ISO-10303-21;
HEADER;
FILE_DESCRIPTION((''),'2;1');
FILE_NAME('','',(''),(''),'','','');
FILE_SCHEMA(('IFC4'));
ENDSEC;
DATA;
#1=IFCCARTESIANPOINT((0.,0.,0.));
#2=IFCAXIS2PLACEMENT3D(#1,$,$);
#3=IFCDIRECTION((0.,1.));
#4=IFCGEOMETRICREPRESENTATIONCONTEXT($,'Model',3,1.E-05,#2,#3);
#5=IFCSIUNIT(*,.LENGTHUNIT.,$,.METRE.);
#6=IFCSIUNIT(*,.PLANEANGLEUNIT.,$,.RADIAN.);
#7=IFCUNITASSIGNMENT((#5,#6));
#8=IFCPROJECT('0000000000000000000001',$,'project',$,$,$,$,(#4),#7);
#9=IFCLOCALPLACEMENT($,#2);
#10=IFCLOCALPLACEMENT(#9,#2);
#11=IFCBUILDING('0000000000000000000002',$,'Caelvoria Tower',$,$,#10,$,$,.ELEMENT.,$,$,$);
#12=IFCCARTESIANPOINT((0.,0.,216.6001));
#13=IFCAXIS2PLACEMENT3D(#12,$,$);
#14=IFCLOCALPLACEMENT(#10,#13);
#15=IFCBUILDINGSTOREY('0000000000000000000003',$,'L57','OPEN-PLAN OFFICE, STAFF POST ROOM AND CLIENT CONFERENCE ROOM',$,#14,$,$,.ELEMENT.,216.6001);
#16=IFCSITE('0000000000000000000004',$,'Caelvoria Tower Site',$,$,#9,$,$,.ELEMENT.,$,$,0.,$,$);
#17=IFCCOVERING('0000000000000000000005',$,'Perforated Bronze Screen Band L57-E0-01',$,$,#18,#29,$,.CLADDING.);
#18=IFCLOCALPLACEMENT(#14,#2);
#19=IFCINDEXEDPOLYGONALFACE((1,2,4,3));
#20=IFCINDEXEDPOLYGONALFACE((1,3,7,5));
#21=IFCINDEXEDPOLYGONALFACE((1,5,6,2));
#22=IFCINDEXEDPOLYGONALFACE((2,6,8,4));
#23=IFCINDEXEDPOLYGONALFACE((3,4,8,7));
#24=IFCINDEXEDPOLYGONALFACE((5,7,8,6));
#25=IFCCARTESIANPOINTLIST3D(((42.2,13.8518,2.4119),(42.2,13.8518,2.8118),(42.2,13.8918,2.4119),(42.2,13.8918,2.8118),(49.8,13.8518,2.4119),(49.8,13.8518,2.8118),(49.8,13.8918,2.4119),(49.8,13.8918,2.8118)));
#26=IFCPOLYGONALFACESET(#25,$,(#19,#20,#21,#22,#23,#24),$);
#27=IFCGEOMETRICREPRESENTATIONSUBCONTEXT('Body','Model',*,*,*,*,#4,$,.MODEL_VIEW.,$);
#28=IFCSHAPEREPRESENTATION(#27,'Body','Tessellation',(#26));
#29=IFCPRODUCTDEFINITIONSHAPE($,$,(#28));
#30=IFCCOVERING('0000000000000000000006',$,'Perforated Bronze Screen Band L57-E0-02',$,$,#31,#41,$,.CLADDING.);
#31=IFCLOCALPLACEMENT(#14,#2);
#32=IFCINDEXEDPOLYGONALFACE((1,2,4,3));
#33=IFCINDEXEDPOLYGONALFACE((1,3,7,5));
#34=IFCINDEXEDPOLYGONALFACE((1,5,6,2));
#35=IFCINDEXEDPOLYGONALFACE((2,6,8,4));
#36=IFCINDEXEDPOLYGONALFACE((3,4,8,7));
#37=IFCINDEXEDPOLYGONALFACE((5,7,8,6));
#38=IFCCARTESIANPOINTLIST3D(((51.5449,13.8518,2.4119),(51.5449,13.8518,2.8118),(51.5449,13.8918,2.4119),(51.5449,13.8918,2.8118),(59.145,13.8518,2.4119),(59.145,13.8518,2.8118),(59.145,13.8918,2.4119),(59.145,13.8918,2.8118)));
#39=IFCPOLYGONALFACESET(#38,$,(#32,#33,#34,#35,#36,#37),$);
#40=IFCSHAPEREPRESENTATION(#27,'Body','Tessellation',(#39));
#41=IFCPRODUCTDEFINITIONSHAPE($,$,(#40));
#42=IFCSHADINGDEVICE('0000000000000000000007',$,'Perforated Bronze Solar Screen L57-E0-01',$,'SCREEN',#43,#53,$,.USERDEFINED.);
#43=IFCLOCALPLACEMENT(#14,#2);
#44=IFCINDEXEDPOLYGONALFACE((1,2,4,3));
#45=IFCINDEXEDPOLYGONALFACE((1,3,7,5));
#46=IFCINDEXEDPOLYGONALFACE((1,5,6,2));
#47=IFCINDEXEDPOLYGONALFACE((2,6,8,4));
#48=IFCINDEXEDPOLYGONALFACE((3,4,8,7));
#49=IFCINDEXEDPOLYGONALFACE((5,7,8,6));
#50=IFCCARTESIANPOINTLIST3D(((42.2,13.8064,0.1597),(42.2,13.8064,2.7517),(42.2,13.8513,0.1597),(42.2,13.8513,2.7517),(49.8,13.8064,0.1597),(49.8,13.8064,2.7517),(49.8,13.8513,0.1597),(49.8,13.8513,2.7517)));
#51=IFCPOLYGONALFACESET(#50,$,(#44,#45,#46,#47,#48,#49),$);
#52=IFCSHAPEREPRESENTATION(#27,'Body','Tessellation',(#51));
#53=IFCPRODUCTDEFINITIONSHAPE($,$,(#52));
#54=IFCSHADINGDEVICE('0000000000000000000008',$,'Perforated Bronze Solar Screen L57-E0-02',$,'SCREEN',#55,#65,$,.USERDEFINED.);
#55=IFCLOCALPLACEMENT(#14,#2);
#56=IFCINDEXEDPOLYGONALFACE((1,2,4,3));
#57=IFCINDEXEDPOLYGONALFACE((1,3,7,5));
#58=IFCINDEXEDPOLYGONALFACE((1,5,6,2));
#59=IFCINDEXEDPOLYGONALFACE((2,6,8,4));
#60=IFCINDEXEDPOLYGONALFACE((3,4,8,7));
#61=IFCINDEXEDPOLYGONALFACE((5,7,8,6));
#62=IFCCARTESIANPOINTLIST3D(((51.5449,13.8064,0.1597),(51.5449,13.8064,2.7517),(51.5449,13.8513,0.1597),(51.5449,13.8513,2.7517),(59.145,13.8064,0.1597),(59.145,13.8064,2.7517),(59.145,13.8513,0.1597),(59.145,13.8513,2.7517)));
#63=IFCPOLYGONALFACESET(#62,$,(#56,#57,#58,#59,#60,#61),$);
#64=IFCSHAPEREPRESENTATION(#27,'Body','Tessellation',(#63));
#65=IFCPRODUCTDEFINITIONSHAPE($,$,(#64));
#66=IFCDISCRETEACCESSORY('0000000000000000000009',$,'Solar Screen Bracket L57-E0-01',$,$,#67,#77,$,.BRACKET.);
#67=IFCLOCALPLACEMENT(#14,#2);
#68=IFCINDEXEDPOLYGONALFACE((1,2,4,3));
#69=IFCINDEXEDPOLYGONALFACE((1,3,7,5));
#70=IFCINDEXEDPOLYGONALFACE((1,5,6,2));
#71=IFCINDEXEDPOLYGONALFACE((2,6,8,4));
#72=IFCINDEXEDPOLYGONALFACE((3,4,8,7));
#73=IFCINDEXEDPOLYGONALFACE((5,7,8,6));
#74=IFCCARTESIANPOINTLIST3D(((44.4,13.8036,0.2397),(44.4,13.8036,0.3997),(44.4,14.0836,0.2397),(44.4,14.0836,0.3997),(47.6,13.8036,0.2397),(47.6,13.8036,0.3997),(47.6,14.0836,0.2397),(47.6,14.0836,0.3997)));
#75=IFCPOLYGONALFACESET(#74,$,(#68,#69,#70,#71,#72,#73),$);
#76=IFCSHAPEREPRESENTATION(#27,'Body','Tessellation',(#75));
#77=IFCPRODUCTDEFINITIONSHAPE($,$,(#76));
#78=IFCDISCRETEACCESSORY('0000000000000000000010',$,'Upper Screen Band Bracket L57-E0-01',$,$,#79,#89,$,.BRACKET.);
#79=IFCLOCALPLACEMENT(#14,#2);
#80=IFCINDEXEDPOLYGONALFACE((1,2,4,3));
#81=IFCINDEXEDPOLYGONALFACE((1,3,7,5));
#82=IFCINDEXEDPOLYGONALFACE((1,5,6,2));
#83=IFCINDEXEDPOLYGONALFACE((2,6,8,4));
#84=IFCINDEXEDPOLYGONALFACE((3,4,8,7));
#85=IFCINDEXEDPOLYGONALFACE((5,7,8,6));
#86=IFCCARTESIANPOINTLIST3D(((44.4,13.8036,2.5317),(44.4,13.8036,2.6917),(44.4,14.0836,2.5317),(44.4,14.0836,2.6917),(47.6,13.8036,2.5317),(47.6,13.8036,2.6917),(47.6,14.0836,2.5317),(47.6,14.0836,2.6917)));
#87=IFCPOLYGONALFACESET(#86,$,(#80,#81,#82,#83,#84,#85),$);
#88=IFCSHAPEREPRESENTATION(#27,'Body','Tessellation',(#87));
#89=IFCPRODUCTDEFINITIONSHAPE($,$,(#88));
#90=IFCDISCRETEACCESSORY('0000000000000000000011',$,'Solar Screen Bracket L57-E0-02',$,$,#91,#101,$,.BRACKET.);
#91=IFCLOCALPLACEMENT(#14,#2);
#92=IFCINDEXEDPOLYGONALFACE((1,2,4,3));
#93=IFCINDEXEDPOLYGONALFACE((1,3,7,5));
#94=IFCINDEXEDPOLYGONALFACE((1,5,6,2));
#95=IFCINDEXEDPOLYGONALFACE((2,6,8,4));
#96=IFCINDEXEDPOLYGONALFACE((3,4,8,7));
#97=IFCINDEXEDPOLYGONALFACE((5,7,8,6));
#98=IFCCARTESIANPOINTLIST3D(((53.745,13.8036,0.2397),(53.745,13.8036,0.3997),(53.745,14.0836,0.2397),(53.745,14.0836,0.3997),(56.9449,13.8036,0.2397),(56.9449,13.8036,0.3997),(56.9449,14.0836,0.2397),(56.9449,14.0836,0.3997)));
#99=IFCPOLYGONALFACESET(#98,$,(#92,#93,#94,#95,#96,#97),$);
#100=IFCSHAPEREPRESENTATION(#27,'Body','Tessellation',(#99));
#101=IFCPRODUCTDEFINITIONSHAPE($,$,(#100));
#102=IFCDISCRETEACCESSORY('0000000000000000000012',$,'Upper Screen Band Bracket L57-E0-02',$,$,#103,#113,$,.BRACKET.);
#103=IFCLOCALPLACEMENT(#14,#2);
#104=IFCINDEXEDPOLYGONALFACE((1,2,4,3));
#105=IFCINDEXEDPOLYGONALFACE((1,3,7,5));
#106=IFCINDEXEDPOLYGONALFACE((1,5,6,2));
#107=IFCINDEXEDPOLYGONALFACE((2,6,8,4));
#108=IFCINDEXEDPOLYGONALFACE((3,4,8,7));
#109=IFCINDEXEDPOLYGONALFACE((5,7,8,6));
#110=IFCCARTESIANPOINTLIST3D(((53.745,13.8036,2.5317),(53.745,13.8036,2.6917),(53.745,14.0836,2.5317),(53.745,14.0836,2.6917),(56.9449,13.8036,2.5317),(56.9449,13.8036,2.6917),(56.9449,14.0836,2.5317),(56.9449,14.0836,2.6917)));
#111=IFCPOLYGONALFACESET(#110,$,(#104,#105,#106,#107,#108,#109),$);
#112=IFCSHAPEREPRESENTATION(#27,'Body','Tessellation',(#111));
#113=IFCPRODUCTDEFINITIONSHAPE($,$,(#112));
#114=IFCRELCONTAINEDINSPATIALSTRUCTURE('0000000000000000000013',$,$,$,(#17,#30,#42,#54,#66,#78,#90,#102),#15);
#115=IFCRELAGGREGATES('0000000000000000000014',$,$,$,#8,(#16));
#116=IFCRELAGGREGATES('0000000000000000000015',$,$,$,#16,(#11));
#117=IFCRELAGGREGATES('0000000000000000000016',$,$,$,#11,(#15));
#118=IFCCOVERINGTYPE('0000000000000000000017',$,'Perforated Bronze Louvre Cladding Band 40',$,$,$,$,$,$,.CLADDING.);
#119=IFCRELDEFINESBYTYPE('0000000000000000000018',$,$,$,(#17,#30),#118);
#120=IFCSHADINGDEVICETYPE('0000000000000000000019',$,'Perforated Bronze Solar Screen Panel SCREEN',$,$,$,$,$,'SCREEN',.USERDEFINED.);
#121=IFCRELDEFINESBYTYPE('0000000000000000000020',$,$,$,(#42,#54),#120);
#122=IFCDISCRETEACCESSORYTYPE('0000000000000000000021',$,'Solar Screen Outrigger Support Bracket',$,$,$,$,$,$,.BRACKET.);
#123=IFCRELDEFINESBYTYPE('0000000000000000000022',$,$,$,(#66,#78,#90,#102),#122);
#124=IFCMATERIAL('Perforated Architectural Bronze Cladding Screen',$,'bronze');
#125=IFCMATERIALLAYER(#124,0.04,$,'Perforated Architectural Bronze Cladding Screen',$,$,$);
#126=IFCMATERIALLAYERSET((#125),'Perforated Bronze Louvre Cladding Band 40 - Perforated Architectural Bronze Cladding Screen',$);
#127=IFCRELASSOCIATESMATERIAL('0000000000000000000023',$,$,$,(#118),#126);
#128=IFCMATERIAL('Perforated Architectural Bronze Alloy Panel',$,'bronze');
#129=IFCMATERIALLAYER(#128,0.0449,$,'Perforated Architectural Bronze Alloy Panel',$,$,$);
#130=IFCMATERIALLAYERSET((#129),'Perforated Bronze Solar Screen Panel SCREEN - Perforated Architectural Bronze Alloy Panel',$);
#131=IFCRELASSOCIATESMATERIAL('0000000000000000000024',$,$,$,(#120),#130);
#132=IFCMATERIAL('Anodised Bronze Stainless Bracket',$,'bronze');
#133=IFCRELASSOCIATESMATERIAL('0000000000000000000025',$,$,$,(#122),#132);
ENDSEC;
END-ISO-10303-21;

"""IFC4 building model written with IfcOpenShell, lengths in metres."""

from ifc_helpers import new_model, si_unit, direction, frame, origin, origin_2d, place, context, subcontext, project, spatial, rectangle, extrude, material, layer, layer_set, type_object, element, save


model = new_model("IFC4")

# Units and contexts
model_context = context("Model", 3, precision=1e-05, world=origin(), true_north=direction((0.0, 1.0)))
body_context = subcontext(model_context, "Body", "Model", "MODEL_VIEW")
ifc_project = project(units=[si_unit("LENGTHUNIT", "METRE"), si_unit("PLANEANGLEUNIT", "RADIAN")], contexts=[model_context])

# Site, building, storey
site_placement = place(None, origin())
site = spatial("IfcSite", under=ifc_project, at=site_placement, Name="Caelvoria Tower Site", CompositionType="ELEMENT", RefElevation=0.0)
building_placement = place(site_placement, origin())
building = spatial("IfcBuilding", under=site, at=building_placement, Name="Caelvoria Tower", CompositionType="ELEMENT")
storey_placement = place(building_placement, frame((0.0, 0.0, 216.6001)))
storey = spatial("IfcBuildingStorey", under=building, at=storey_placement, Name="L57", Description="OPEN-PLAN OFFICE, STAFF POST ROOM AND CLIENT CONFERENCE ROOM", CompositionType="ELEMENT", Elevation=216.6001)

# Coverings
ifc_material_1 = material(Name="Perforated Architectural Bronze Cladding Screen", Category="bronze")
ifc_layer_1 = layer(ifc_material_1, 0.04, Name="Perforated Architectural Bronze Cladding Screen")
ifc_layer_set_1 = layer_set([ifc_layer_1], Name="Perforated Bronze Louvre Cladding Band 40 - Perforated Architectural Bronze Cladding Screen")
covering_type = type_object("IfcCoveringType", Name="Perforated Bronze Louvre Cladding Band 40", PredefinedType="CLADDING", material=ifc_layer_set_1)
for number, where, z_axis, x_axis, name in (
    (1, (46.0, 13.8718, 2.4119), (0.0, 0.0, 1.0), (1.0, 0.0, 0.0), "Perforated Bronze Screen Band L57-E0-01"),
    (2, (55.345, 13.8718, 2.4119), (0.0, 0.0, 1.0), (1.0, 0.0, 0.0), "Perforated Bronze Screen Band L57-E0-02"),
):
    element("IfcCovering", number, at=place(storey_placement, frame(where, z_axis=z_axis, x_axis=x_axis)), inside=storey, type_object=covering_type, Name=name, PredefinedType="CLADDING", context=body_context, shape_type="SweptSolid", body=[
        extrude(rectangle(XDim=7.6001, YDim=0.04, at=origin_2d()), origin(), (0.0, 0.0, 1.0), 0.3999),
    ])

# Shading devices
ifc_material_2 = material(Name="Perforated Architectural Bronze Alloy Panel", Category="bronze")
ifc_layer_2 = layer(ifc_material_2, 0.0449, Name="Perforated Architectural Bronze Alloy Panel")
ifc_layer_set_2 = layer_set([ifc_layer_2], Name="Perforated Bronze Solar Screen Panel SCREEN - Perforated Architectural Bronze Alloy Panel")
shading_device_type = type_object("IfcShadingDeviceType", Name="Perforated Bronze Solar Screen Panel SCREEN", ElementType="SCREEN", PredefinedType="USERDEFINED", material=ifc_layer_set_2)
for number, where, z_axis, x_axis, name in (
    (3, (46.0, 13.8289, 0.1597), (0.0, 0.0, 1.0), (1.0, 0.0, 0.0), "Perforated Bronze Solar Screen L57-E0-01"),
    (4, (55.345, 13.8289, 0.1597), (0.0, 0.0, 1.0), (1.0, 0.0, 0.0), "Perforated Bronze Solar Screen L57-E0-02"),
):
    element("IfcShadingDevice", number, at=place(storey_placement, frame(where, z_axis=z_axis, x_axis=x_axis)), inside=storey, type_object=shading_device_type, Name=name, ObjectType="SCREEN", PredefinedType="USERDEFINED", context=body_context, shape_type="SweptSolid", body=[
        extrude(rectangle(XDim=7.6001, YDim=0.0449, at=origin_2d()), origin(), (0.0, 0.0, 1.0), 2.592),
    ])

# Discrete accessories
ifc_material_3 = material(Name="Anodised Bronze Stainless Bracket", Category="bronze")
discrete_accessory_type = type_object("IfcDiscreteAccessoryType", Name="Solar Screen Outrigger Support Bracket", PredefinedType="BRACKET", material=ifc_material_3)
for number, where, z_axis, x_axis, name in (
    (5, (46.0, 13.9436, 0.2397), (0.0, 0.0, 1.0), (1.0, 0.0, 0.0), "Solar Screen Bracket L57-E0-01"),
    (6, (46.0, 13.9436, 2.5317), (0.0, 0.0, 1.0), (1.0, 0.0, 0.0), "Upper Screen Band Bracket L57-E0-01"),
    (7, (55.345, 13.9436, 0.2397), (0.0, 0.0, 1.0), (1.0, 0.0, 0.0), "Solar Screen Bracket L57-E0-02"),
    (8, (55.345, 13.9436, 2.5317), (0.0, 0.0, 1.0), (1.0, 0.0, 0.0), "Upper Screen Band Bracket L57-E0-02"),
):
    element("IfcDiscreteAccessory", number, at=place(storey_placement, frame(where, z_axis=z_axis, x_axis=x_axis)), inside=storey, type_object=discrete_accessory_type, Name=name, PredefinedType="BRACKET", context=body_context, shape_type="SweptSolid", body=[
        extrude(rectangle(XDim=3.2, YDim=0.28, at=origin_2d()), origin(), (0.0, 0.0, 1.0), 0.1599),
    ])

save(model, "model.ifc")
